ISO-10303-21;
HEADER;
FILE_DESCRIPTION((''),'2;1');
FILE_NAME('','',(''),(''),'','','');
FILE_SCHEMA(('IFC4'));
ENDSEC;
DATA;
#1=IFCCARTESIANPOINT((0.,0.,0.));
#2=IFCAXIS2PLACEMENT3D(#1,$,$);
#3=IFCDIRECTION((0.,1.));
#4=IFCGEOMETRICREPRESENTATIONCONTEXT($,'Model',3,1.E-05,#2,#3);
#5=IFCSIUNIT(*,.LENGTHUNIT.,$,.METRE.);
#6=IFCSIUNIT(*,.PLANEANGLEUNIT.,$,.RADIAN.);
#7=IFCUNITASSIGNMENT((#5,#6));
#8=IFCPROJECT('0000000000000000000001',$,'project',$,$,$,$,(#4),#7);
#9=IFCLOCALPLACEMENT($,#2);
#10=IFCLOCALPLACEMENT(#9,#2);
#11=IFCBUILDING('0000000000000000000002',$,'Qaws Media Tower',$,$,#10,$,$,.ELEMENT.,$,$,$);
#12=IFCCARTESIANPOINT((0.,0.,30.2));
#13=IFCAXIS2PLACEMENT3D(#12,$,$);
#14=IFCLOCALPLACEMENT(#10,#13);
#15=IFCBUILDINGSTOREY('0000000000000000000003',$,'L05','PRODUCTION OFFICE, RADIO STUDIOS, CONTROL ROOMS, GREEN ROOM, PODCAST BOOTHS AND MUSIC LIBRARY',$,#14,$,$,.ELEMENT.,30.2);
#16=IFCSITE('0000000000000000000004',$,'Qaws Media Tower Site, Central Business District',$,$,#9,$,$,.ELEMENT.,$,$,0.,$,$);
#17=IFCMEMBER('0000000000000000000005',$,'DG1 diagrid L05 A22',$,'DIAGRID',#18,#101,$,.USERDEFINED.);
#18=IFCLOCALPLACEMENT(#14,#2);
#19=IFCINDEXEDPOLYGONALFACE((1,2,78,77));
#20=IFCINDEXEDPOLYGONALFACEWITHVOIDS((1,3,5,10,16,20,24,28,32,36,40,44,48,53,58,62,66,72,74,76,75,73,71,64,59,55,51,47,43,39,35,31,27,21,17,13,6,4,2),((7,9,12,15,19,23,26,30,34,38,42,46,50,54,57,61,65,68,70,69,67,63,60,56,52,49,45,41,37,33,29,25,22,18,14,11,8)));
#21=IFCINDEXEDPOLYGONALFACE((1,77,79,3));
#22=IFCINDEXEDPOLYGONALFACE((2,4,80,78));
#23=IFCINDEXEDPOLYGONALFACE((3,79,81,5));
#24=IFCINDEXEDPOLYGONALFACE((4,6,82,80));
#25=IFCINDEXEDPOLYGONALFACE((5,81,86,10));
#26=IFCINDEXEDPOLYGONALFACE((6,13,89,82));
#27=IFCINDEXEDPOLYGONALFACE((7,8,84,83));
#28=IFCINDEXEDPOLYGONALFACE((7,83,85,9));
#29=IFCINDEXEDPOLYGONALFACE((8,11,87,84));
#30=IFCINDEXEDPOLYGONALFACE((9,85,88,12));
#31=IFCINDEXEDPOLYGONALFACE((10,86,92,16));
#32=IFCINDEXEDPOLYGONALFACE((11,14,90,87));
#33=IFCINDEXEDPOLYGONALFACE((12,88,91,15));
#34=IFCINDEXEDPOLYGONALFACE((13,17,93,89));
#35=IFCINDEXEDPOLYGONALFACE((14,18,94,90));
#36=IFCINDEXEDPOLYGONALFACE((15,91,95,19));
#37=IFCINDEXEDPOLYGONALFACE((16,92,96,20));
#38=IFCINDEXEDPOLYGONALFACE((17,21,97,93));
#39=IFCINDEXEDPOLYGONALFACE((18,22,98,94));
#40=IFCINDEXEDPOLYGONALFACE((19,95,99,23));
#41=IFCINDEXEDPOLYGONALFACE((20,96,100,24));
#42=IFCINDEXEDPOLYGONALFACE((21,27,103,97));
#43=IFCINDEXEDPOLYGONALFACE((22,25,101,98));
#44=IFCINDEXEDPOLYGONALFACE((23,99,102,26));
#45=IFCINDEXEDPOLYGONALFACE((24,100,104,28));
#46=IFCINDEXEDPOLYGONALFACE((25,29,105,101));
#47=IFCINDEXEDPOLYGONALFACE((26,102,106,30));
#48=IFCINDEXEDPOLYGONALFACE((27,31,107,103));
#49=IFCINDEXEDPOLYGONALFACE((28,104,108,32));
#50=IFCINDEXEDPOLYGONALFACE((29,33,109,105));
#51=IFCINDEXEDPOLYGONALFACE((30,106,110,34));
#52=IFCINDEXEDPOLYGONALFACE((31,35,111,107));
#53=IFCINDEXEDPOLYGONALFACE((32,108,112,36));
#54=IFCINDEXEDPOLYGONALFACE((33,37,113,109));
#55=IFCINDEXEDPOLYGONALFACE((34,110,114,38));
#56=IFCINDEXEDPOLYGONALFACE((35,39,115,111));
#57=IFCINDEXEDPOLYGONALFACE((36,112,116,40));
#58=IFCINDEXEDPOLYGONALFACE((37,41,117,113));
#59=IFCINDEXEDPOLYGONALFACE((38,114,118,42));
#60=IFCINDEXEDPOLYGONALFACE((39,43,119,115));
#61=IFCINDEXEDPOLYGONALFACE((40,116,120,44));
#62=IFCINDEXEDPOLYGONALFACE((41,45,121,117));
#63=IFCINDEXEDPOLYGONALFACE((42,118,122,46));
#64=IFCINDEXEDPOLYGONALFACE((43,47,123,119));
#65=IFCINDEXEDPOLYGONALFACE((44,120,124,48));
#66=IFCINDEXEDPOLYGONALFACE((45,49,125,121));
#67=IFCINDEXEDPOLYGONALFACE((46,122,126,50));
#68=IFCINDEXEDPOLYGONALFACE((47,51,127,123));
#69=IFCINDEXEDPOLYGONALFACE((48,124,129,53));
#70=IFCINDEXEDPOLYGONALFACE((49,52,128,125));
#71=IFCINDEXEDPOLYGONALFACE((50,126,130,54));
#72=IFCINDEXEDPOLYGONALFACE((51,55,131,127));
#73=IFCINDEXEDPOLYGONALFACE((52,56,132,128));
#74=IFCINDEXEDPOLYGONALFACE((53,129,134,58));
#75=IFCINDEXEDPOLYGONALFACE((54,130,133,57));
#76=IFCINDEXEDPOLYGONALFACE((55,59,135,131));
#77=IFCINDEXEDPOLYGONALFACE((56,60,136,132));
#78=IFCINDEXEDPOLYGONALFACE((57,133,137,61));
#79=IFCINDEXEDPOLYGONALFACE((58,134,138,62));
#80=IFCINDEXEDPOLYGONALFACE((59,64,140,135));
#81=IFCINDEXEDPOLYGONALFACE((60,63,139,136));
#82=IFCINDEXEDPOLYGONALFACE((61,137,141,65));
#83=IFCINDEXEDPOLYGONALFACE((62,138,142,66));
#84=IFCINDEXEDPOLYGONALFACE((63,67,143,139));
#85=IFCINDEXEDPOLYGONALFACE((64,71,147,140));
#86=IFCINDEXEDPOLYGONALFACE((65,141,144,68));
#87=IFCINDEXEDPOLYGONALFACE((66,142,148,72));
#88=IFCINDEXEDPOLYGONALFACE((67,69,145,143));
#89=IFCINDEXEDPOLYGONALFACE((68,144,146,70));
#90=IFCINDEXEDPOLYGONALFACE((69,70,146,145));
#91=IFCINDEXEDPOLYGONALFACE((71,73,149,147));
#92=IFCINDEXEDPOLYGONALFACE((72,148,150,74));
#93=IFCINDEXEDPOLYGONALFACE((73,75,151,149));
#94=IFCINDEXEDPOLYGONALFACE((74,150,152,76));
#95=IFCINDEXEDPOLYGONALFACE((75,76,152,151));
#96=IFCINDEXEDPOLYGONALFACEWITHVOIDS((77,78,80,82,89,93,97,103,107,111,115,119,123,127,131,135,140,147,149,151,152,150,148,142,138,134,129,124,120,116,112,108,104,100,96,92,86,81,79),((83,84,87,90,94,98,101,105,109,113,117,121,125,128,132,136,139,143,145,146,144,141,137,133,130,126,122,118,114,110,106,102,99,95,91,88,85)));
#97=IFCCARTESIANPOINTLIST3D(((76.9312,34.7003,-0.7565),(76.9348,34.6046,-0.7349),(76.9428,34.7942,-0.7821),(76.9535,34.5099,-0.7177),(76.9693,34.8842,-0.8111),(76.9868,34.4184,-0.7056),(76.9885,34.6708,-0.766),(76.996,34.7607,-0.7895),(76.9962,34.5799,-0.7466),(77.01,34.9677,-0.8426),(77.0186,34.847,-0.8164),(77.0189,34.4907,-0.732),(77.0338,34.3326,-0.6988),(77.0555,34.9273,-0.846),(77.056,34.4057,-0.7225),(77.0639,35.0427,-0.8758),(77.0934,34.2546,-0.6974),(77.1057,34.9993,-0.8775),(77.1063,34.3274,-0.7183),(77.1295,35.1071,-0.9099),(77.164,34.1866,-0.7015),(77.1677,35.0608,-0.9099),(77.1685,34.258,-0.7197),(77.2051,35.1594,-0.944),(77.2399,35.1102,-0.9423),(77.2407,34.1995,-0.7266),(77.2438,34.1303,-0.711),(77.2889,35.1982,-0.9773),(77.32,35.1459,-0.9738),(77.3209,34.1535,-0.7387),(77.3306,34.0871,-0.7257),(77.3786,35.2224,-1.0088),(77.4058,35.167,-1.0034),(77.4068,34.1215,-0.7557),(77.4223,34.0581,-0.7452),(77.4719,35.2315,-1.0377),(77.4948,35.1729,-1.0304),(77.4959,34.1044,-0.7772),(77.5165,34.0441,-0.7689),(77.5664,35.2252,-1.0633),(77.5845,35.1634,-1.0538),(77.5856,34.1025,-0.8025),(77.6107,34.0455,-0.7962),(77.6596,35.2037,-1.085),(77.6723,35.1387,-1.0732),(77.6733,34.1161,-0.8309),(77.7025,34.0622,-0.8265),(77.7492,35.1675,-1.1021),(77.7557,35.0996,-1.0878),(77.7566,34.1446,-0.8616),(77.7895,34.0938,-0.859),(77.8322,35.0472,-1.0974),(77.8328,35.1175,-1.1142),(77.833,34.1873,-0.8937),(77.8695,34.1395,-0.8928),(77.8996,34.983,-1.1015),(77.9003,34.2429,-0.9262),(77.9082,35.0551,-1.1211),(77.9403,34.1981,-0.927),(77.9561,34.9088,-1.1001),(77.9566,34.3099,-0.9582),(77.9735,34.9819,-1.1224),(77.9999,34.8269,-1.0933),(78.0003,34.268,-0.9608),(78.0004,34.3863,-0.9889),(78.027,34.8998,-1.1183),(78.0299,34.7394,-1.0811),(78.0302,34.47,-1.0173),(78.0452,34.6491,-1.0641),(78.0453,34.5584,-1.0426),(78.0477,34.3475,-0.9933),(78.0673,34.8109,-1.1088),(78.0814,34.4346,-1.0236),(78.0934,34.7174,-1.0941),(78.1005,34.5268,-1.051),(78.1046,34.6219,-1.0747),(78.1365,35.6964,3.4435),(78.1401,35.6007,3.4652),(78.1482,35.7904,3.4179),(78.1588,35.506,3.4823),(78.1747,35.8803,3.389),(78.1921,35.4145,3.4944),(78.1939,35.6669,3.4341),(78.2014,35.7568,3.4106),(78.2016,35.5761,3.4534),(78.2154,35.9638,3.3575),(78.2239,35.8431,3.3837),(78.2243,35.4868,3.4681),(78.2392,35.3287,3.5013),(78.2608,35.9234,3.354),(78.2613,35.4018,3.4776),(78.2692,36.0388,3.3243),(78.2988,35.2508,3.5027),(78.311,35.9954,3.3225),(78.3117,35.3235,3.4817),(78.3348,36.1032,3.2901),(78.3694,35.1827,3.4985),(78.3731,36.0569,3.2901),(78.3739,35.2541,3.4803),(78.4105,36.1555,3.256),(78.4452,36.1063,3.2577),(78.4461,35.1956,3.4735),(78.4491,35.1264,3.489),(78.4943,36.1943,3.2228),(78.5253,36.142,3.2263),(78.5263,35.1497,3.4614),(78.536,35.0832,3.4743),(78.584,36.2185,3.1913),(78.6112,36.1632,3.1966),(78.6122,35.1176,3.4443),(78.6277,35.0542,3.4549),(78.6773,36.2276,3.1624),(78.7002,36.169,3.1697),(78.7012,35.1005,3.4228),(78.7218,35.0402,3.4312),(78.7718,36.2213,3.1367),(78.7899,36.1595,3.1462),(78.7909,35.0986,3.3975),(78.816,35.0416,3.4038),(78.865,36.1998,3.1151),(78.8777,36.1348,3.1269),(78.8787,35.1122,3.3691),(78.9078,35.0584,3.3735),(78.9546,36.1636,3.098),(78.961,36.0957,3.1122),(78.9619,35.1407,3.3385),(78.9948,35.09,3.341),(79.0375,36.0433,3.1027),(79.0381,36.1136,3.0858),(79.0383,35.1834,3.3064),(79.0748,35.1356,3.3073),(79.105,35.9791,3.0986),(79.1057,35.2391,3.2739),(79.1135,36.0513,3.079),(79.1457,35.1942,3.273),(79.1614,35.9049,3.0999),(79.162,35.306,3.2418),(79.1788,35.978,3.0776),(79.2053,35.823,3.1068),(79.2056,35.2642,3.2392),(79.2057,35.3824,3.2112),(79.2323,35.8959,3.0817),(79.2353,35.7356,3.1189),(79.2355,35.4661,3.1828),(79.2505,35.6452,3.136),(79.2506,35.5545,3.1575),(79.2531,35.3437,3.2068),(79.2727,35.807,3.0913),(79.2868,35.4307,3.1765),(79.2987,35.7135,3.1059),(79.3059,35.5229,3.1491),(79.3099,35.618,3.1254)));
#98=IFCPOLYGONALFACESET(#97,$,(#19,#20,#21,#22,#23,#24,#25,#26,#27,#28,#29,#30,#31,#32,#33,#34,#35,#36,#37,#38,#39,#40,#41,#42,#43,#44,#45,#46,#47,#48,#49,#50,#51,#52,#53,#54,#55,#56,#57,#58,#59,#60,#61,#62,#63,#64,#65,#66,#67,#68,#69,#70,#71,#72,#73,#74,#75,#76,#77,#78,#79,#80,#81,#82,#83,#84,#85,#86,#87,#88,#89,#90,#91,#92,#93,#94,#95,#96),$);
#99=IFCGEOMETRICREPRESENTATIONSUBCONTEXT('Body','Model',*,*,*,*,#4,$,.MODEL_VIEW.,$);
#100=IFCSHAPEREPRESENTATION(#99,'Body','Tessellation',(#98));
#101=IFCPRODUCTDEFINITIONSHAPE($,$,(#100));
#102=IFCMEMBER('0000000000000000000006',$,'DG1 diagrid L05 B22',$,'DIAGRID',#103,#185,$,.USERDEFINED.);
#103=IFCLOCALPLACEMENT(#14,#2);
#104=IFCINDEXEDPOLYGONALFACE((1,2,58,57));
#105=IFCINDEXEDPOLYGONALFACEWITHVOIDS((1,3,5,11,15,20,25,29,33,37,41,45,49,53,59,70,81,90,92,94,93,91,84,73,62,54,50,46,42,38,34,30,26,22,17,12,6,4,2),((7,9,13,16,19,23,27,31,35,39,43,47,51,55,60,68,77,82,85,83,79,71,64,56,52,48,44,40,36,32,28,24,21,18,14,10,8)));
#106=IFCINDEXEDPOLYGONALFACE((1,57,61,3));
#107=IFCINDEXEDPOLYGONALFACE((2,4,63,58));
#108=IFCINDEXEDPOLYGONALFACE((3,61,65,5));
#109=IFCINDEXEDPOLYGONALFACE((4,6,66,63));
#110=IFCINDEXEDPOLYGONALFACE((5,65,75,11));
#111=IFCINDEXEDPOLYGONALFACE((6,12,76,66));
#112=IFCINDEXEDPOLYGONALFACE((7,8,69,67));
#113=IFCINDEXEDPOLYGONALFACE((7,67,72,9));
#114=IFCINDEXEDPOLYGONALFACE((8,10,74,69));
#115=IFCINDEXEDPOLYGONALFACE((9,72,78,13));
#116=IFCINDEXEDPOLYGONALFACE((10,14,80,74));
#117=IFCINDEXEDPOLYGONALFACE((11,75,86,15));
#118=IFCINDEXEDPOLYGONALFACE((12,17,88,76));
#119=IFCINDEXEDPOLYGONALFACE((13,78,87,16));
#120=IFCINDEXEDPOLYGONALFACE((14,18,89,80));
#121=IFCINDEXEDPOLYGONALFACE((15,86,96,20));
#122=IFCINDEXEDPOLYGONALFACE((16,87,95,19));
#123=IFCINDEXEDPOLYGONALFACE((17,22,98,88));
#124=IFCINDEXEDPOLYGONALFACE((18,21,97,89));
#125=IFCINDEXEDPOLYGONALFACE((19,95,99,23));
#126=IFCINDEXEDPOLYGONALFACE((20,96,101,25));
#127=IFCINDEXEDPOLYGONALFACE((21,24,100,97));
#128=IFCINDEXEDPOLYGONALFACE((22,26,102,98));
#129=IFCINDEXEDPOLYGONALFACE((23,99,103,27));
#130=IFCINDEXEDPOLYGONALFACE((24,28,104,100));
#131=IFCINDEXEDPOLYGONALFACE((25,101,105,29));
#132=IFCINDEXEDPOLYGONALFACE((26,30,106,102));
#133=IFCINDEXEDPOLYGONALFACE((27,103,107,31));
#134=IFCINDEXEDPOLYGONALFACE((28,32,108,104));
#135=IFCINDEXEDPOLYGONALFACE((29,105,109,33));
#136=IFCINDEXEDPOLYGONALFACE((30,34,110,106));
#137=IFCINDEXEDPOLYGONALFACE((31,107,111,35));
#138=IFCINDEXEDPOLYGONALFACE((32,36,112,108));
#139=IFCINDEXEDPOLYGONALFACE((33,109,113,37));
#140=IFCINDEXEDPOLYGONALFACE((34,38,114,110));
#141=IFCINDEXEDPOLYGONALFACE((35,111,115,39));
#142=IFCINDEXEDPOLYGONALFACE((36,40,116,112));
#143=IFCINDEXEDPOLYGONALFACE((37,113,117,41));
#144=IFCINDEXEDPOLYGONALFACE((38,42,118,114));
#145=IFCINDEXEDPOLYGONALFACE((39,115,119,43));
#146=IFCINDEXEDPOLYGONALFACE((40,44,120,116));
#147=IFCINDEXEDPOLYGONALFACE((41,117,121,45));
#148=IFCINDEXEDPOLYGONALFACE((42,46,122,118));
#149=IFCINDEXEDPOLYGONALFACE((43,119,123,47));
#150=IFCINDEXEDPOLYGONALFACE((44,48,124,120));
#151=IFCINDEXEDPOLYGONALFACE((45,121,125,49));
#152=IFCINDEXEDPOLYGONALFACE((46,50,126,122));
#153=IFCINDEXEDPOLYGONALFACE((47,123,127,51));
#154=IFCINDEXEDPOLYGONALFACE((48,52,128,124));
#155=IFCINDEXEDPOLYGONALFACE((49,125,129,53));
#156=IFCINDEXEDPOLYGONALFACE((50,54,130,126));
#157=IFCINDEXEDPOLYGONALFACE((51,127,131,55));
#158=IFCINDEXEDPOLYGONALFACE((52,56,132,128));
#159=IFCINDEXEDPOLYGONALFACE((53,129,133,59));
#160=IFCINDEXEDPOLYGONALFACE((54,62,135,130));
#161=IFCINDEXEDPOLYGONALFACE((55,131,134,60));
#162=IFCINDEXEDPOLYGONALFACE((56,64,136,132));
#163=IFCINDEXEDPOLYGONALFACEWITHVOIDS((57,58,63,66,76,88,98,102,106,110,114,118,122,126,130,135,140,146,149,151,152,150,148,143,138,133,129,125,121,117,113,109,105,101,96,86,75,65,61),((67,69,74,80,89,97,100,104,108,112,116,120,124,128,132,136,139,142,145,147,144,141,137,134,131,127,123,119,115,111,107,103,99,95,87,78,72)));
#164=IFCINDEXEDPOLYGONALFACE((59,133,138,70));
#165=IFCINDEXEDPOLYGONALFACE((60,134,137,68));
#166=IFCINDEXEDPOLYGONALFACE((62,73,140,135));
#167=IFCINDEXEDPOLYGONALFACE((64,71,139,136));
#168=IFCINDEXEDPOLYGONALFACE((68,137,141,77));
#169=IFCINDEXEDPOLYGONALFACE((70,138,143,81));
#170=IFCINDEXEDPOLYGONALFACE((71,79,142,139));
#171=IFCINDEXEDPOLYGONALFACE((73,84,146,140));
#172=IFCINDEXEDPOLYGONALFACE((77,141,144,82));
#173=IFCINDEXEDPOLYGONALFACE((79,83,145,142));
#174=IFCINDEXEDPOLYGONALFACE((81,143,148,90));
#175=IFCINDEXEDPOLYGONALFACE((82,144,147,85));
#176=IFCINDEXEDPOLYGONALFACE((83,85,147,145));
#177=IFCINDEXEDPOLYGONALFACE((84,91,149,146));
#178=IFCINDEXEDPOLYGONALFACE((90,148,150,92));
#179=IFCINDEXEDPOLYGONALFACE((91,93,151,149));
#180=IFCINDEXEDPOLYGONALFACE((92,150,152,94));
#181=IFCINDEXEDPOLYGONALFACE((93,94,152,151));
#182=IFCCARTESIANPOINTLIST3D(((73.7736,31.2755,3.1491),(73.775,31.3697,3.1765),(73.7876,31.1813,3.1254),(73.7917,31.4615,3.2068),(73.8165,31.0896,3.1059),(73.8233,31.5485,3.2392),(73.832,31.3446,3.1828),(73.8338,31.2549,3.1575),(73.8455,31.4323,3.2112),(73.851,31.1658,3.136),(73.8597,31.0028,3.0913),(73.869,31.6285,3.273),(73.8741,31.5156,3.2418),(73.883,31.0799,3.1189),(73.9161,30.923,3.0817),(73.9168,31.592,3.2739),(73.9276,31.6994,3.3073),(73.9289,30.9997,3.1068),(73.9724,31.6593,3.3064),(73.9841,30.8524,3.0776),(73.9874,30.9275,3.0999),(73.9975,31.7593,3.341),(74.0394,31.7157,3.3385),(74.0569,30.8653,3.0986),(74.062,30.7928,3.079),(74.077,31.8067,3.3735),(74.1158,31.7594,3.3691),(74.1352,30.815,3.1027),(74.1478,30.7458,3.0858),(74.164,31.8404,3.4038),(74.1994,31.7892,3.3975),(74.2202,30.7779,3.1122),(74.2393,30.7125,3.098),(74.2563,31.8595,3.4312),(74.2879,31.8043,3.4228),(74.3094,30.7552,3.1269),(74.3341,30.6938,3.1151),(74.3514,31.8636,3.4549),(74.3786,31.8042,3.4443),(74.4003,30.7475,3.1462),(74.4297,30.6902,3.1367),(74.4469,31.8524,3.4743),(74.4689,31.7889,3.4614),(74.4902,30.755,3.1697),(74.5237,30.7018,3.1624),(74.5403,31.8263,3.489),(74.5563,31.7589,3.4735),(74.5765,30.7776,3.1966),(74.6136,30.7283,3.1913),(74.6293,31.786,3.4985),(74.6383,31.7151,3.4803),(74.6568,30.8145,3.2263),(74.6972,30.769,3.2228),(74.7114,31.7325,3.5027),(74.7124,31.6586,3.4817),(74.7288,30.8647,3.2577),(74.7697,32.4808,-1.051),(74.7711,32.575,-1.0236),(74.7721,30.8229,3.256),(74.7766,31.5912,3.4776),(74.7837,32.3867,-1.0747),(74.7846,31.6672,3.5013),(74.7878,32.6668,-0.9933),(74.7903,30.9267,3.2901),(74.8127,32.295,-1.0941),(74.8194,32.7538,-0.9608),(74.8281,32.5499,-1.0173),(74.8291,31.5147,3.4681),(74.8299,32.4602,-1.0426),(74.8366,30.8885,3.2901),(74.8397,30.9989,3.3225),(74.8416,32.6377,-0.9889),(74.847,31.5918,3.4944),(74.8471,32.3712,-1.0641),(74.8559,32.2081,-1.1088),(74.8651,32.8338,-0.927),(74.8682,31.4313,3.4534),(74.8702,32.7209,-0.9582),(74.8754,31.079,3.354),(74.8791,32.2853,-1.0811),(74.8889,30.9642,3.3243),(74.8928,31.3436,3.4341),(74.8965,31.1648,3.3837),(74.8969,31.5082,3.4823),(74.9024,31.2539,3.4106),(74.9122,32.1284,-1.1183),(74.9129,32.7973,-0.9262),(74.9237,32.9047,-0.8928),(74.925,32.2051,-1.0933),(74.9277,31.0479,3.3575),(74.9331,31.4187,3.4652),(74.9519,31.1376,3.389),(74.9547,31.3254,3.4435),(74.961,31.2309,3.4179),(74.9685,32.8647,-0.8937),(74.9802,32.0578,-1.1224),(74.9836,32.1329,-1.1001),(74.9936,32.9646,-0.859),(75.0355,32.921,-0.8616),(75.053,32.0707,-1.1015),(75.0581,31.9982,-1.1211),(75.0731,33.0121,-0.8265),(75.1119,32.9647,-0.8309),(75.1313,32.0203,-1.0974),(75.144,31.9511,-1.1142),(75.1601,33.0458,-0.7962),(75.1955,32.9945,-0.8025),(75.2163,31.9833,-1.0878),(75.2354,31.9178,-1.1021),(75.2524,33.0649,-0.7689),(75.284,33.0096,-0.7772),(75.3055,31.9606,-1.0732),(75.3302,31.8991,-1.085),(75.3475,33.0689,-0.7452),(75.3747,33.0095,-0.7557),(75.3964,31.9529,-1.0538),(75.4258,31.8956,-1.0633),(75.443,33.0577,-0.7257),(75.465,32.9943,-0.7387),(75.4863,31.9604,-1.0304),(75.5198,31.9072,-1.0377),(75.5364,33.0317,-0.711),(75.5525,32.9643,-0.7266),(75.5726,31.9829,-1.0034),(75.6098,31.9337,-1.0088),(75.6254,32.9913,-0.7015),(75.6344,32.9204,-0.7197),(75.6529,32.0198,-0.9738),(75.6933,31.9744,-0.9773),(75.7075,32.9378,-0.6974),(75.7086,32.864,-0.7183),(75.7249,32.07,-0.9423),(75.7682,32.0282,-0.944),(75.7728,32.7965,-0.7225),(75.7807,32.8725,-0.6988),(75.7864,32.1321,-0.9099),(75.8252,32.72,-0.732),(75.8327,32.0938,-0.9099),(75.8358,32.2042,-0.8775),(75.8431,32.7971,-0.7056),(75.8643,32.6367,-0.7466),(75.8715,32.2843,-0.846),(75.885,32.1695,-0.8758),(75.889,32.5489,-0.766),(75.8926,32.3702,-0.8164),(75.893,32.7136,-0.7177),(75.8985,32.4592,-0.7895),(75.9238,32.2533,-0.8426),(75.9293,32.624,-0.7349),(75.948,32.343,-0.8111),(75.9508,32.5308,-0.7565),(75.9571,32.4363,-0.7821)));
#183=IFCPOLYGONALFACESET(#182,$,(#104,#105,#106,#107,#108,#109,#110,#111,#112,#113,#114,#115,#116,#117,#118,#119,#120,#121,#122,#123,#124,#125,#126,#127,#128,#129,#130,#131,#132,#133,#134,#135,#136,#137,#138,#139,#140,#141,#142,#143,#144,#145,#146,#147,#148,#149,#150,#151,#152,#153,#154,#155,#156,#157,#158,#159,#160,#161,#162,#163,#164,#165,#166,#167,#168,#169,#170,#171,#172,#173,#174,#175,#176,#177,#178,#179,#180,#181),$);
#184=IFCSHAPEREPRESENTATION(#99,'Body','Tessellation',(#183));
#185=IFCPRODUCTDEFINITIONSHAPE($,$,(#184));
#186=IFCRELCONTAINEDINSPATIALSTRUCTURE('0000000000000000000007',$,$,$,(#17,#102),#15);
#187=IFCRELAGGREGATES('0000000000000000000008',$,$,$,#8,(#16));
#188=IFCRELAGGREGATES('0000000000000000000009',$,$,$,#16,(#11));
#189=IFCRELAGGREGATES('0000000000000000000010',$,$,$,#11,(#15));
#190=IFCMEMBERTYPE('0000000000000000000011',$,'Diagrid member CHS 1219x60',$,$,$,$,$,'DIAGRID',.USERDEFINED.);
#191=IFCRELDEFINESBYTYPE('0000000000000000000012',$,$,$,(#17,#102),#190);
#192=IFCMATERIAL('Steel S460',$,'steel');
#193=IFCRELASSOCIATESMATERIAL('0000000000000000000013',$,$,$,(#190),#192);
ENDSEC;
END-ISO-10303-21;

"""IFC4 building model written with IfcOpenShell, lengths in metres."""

from ifc_helpers import new_model, si_unit, direction, frame, origin, origin_2d, place, context, subcontext, project, spatial, hollow_circle, extrude, material, material_profile, profile_set, type_object, element, save


model = new_model("IFC4")

# Units and contexts
model_context = context("Model", 3, precision=1e-05, world=origin(), true_north=direction((0.0, 1.0)))
body_context = subcontext(model_context, "Body", "Model", "MODEL_VIEW")
ifc_project = project(units=[si_unit("LENGTHUNIT", "METRE"), si_unit("PLANEANGLEUNIT", "RADIAN")], contexts=[model_context])

# Site, building, storey
site_placement = place(None, origin())
site = spatial("IfcSite", under=ifc_project, at=site_placement, Name="Qaws Media Tower Site, Central Business District", CompositionType="ELEMENT", RefElevation=0.0)
building_placement = place(site_placement, origin())
building = spatial("IfcBuilding", under=site, at=building_placement, Name="Qaws Media Tower", CompositionType="ELEMENT")
storey_placement = place(building_placement, frame((0.0, 0.0, 30.2)))
storey = spatial("IfcBuildingStorey", under=building, at=storey_placement, Name="L05", Description="PRODUCTION OFFICE, RADIO STUDIOS, CONTROL ROOMS, GREEN ROOM, PODCAST BOOTHS AND MUSIC LIBRARY", CompositionType="ELEMENT", Elevation=30.2)

# Members
ifc_material_1 = material(Name="Steel S460", Category="steel")
ifc_material_profile_1 = material_profile(ifc_material_1, hollow_circle(Radius=0.6096, WallThickness=0.0601, at=origin_2d()), Name="CHS 1219x60")
ifc_profile_set_1 = profile_set([ifc_material_profile_1], Name="Steel S460")
member_type_1 = type_object("IfcMemberType", Name="Diagrid member CHS 1219x60", ElementType="DIAGRID", PredefinedType="USERDEFINED", material=ifc_profile_set_1)
for number, where, z_axis, x_axis, name in (
    (1, (77.5178, 34.6372, -0.9099), (0.26895, 0.222264, 0.937158), (-0.637031, 0.770838, 0.0), "DG1 diagrid L05 A22"),
    (2, (75.3628, 32.4822, -0.9099), (-0.222264, -0.26895, 0.937158), (0.770838, -0.637031, 0.0), "DG1 diagrid L05 B22"),
):
    element("IfcMember", number, at=place(storey_placement, frame(where, z_axis=z_axis, x_axis=x_axis)), inside=storey, type_object=member_type_1, Name=name, ObjectType="DIAGRID", PredefinedType="USERDEFINED", context=body_context, shape_type="SweptSolid", body=[
        extrude(hollow_circle(Radius=0.6096, WallThickness=0.0601, at=origin_2d()), origin(), (0.0, 0.0, 1.0), 4.4817),
    ])

save(model, "model.ifc")
